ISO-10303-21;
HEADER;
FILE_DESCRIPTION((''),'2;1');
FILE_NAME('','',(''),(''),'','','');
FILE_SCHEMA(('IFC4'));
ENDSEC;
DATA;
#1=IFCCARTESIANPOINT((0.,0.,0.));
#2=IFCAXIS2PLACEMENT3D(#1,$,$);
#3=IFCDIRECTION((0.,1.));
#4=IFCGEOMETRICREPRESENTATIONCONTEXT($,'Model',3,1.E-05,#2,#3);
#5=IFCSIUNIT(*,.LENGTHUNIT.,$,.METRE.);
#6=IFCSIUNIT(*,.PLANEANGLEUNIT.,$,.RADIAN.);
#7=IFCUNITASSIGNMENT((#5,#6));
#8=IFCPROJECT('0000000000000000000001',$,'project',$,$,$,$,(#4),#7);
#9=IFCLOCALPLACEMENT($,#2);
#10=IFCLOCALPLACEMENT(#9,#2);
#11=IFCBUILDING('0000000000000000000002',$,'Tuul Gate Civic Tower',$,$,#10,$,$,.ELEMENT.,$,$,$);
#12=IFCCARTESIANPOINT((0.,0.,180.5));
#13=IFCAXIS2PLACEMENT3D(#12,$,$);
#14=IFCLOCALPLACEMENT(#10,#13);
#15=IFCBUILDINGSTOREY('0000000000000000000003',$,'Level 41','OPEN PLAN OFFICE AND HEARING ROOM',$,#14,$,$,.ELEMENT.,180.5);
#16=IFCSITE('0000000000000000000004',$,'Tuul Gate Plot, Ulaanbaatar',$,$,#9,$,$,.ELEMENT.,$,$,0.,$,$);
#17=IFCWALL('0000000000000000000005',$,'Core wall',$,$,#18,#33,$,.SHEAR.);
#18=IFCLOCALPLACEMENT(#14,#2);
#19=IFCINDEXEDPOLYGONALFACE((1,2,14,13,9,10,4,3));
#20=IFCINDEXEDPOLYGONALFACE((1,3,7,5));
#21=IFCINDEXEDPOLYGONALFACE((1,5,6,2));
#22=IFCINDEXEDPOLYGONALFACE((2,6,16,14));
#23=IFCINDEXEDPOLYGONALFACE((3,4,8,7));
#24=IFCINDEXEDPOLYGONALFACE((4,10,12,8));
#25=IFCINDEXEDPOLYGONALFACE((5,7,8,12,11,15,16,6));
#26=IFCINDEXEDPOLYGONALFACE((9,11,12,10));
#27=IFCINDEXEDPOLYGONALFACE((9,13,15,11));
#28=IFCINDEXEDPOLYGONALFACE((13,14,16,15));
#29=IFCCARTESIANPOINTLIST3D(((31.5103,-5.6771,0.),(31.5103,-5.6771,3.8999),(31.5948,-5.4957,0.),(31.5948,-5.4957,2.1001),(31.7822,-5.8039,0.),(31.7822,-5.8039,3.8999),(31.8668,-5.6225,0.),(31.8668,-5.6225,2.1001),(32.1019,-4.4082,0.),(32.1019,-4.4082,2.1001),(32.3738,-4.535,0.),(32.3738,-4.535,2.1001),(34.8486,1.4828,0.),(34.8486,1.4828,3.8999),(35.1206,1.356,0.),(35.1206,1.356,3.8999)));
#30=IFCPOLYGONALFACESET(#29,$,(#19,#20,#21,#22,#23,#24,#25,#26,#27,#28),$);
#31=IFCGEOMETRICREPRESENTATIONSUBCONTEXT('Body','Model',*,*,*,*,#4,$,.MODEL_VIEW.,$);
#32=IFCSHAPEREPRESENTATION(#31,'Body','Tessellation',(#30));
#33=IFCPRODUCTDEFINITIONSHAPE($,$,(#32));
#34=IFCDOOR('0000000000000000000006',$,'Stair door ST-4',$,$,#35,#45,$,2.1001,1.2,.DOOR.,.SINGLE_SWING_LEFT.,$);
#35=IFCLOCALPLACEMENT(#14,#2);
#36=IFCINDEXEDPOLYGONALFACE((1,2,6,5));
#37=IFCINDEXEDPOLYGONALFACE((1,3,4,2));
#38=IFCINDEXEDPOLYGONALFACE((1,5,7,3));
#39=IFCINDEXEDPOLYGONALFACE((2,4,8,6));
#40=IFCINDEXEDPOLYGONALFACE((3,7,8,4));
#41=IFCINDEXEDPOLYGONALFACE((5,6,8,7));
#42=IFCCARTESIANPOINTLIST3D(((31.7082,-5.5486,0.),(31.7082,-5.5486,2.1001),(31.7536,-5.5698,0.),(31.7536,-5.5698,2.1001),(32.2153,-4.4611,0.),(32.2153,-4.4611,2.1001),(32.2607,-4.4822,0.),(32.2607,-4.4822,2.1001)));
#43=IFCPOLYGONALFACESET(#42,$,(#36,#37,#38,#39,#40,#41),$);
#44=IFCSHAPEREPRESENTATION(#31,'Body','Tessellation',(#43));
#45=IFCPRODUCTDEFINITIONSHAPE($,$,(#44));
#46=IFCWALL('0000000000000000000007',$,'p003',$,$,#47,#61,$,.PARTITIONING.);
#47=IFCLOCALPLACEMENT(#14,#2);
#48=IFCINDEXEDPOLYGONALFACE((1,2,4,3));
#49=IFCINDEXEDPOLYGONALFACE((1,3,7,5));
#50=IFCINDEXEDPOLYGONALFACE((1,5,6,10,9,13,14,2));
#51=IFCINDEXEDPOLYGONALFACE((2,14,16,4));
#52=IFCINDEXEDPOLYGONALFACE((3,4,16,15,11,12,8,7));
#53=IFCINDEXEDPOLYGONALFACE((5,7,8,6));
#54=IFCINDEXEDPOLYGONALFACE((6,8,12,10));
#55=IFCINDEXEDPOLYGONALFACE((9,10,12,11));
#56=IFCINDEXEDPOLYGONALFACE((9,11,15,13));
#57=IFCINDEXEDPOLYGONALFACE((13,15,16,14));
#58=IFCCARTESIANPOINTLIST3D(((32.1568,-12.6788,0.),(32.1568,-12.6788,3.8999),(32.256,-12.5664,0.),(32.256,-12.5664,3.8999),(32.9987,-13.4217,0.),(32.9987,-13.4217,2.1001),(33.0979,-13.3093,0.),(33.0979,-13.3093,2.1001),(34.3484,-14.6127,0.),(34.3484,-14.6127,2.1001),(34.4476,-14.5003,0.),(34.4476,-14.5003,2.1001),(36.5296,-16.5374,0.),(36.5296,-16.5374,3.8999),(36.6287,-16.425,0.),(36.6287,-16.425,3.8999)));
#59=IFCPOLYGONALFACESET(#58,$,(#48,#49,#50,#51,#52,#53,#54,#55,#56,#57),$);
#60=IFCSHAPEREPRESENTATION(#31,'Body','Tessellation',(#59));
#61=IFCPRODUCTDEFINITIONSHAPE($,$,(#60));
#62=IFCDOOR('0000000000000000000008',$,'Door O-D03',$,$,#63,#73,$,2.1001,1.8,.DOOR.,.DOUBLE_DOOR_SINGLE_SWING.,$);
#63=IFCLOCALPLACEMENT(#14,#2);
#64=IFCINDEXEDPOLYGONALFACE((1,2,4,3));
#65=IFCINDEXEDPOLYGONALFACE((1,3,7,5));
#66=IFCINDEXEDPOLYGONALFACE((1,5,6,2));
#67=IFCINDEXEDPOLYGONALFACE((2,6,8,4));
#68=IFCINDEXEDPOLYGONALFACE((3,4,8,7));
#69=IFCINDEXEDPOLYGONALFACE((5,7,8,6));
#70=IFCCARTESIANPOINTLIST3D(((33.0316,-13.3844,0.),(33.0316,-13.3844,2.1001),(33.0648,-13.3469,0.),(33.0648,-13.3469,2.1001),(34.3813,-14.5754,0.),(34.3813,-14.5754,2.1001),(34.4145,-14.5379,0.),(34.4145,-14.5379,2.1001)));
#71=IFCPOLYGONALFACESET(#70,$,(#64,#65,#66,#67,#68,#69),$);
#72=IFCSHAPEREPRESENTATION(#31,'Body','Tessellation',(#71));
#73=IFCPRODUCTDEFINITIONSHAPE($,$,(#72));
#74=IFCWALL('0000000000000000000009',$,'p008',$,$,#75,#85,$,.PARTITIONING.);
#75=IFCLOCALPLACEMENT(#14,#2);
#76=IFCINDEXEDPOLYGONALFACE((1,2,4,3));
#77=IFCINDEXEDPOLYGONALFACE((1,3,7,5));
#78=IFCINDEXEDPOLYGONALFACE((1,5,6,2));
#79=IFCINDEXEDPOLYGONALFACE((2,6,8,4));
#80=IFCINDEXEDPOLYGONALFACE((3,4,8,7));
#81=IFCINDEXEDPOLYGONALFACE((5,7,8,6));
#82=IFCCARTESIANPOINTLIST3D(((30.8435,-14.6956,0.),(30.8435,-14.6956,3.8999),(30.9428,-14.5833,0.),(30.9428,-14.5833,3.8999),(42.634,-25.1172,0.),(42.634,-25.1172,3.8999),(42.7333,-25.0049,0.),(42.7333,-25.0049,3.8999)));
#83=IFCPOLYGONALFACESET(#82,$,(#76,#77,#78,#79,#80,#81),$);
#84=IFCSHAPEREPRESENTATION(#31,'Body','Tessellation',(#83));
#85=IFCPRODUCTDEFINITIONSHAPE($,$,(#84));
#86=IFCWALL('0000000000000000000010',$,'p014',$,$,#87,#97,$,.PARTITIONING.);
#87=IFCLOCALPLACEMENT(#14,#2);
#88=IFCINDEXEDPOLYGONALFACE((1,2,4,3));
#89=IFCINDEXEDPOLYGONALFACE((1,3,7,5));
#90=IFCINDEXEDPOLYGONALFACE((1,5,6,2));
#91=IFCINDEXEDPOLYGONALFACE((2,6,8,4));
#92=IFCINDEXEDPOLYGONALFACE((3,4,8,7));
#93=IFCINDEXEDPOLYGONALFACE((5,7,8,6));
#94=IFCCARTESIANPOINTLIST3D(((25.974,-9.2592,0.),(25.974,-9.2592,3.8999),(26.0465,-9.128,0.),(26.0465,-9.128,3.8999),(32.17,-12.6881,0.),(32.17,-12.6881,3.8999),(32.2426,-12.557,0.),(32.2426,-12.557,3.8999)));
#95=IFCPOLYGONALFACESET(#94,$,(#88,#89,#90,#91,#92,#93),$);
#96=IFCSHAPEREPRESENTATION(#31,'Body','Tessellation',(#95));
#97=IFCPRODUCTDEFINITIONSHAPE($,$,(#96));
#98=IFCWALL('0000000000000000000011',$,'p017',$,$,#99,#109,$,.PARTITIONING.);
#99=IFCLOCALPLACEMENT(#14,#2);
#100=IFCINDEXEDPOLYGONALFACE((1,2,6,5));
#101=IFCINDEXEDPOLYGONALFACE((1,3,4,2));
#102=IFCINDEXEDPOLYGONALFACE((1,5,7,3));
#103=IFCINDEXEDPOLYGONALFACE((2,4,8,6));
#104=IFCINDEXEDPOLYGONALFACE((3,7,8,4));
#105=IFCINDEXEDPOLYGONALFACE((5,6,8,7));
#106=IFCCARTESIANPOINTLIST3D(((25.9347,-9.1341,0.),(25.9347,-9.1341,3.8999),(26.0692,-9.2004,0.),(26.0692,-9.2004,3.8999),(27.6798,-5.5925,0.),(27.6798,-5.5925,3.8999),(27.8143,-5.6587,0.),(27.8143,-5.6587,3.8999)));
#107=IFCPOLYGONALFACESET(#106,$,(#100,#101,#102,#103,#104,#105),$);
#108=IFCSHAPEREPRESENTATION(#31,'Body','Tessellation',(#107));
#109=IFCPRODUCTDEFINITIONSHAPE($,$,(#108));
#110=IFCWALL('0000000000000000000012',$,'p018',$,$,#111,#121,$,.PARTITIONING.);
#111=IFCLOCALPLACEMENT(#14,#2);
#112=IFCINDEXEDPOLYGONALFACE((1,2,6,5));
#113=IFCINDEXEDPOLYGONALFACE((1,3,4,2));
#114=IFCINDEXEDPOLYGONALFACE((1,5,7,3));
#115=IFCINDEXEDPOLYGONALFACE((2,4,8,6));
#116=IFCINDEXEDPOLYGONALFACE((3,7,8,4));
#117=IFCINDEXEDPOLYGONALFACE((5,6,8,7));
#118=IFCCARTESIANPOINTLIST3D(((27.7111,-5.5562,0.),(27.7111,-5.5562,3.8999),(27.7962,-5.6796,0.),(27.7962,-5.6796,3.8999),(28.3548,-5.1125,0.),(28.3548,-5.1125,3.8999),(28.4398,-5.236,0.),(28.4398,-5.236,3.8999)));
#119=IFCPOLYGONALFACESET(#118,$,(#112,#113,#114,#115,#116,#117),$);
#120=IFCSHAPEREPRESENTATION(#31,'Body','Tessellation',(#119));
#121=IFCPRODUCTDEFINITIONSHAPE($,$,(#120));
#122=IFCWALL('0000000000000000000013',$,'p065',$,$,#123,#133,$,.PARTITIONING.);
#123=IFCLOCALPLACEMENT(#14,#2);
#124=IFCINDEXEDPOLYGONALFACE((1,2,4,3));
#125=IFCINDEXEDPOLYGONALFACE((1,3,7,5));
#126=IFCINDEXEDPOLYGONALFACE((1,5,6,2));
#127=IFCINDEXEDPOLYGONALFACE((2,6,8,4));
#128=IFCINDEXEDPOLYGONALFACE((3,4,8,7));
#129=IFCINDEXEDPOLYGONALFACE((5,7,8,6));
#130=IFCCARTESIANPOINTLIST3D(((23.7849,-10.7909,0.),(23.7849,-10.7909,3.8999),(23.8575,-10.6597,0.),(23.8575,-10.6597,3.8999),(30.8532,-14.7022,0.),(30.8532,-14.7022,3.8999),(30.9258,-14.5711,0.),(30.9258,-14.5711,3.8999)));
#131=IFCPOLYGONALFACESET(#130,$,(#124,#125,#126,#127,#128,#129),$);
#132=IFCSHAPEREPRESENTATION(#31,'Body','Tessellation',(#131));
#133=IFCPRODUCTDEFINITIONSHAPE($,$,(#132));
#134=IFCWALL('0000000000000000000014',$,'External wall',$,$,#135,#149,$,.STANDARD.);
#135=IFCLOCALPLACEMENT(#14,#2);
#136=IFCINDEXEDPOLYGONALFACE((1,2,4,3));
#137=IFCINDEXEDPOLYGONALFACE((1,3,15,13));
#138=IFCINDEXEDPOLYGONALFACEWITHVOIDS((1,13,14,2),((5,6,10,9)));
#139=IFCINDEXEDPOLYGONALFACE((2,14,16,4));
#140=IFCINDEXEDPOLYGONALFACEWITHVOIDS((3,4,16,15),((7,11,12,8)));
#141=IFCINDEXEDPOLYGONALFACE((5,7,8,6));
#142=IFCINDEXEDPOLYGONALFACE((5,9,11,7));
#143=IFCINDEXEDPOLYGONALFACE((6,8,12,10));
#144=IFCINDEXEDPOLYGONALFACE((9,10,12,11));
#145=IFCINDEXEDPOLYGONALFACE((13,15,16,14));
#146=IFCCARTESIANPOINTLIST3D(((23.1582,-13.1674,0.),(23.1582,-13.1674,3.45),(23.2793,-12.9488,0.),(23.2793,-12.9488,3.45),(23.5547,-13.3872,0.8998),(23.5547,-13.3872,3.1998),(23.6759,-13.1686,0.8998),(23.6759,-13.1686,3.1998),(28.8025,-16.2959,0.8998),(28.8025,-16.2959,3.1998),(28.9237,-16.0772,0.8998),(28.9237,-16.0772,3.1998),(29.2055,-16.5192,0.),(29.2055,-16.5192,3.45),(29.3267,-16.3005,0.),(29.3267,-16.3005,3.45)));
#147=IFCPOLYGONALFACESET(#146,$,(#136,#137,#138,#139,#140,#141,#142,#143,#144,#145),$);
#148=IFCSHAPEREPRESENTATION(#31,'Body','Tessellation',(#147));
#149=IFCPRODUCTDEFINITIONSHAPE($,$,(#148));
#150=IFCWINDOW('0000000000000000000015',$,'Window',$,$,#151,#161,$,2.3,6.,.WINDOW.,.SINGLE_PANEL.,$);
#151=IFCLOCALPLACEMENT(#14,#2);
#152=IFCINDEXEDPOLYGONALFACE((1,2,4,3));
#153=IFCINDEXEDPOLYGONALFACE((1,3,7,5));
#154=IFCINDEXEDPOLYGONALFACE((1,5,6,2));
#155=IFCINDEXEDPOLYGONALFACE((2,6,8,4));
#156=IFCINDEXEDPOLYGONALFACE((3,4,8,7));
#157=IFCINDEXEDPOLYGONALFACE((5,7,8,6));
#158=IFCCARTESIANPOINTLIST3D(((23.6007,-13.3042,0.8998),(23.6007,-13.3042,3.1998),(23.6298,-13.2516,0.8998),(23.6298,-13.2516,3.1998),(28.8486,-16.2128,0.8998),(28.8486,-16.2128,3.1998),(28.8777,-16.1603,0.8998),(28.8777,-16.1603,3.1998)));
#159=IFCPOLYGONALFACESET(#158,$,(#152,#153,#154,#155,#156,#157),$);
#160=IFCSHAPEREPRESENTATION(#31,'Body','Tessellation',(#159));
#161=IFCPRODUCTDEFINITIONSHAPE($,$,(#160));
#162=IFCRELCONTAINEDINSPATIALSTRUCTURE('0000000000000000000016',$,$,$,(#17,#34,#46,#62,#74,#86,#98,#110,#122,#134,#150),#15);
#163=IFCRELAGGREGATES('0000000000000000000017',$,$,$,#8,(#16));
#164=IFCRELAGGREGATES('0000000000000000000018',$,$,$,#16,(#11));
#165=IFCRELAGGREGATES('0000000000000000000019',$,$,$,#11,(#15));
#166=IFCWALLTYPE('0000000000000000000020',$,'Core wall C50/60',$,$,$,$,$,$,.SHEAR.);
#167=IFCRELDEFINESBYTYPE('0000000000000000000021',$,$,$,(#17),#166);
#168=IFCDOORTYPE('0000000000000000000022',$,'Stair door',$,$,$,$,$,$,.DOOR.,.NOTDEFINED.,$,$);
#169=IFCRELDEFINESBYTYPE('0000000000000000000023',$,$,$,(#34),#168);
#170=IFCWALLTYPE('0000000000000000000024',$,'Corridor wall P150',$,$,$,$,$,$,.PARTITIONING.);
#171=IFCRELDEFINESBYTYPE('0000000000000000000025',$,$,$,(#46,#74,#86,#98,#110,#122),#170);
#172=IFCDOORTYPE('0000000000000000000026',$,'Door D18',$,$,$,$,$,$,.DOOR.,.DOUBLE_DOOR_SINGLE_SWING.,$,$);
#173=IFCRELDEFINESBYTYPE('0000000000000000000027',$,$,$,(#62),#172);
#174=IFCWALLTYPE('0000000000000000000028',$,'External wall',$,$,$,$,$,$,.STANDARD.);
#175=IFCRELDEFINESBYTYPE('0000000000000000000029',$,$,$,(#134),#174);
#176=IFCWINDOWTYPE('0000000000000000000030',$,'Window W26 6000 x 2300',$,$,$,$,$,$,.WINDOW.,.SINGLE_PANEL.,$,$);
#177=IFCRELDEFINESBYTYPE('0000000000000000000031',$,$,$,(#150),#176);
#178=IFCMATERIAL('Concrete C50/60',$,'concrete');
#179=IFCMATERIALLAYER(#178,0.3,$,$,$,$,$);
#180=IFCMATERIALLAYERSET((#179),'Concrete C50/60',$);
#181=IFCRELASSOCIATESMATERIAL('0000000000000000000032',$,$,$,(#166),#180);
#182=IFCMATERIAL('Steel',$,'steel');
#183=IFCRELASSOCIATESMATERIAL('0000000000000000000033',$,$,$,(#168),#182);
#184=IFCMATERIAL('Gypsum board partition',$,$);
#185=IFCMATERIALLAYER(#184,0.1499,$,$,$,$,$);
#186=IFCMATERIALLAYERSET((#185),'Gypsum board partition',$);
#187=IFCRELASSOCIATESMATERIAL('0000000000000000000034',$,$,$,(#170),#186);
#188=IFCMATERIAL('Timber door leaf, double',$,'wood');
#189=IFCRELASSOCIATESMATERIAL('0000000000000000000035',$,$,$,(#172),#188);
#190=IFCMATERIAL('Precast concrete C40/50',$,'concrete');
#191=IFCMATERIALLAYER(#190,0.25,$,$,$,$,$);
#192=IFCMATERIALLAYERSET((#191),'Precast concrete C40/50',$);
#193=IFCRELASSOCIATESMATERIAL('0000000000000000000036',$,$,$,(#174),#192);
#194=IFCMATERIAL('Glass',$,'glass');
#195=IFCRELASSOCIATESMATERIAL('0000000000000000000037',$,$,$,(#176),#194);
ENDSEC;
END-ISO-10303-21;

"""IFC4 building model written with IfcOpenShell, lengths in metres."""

from ifc_helpers import new_model, si_unit, direction, frame, frame_2d, origin, place, context, subcontext, project, spatial, rectangle, extrude, material, layer, layer_set, type_object, element, fill, save


model = new_model("IFC4")

# Units and contexts
model_context = context("Model", 3, precision=1e-05, world=origin(), true_north=direction((0.0, 1.0)))
body_context = subcontext(model_context, "Body", "Model", "MODEL_VIEW")
ifc_project = project(units=[si_unit("LENGTHUNIT", "METRE"), si_unit("PLANEANGLEUNIT", "RADIAN")], contexts=[model_context])

# Site, building, storey
site_placement = place(None, origin())
site = spatial("IfcSite", under=ifc_project, at=site_placement, Name="Tuul Gate Plot, Ulaanbaatar", CompositionType="ELEMENT", RefElevation=0.0)
building_placement = place(site_placement, origin())
building = spatial("IfcBuilding", under=site, at=building_placement, Name="Tuul Gate Civic Tower", CompositionType="ELEMENT")
storey_placement = place(building_placement, frame((0.0, 0.0, 180.5)))
storey = spatial("IfcBuildingStorey", under=building, at=storey_placement, Name="Level 41", Description="OPEN PLAN OFFICE AND HEARING ROOM", CompositionType="ELEMENT", Elevation=180.5)

# Walls, openings, doors
ifc_material_1 = material(Name="Concrete C50/60", Category="concrete")
ifc_layer_1 = layer(ifc_material_1, 0.3)
ifc_layer_set_1 = layer_set([ifc_layer_1], Name="Concrete C50/60")
wall_type_1 = type_object("IfcWallType", Name="Core wall C50/60", PredefinedType="SHEAR", material=ifc_layer_set_1)
wall_1_placement = place(storey_placement, frame((31.6462, -5.7405, 0.0), z_axis=(0.0, 0.0, 1.0), x_axis=(0.422583, 0.906324, 0.0)))
wall_1 = element("IfcWall", 1, at=wall_1_placement, inside=storey, type_object=wall_type_1, Name="Core wall", PredefinedType="SHEAR", context=body_context, shape_type="SweptSolid", body=[
    extrude(rectangle(XDim=7.8999, YDim=0.3, at=frame_2d((3.95, 0.0))), origin(), (0.0, 0.0, 1.0), 3.8999),
])
opening_1_placement = place(wall_1_placement, frame((0.2, 0.0, 0.0)))
opening_1 = element("IfcOpeningElement", 2, at=opening_1_placement, cuts=wall_1, PredefinedType="OPENING", context=body_context, shape_type="SweptSolid", body=[
    extrude(rectangle(XDim=1.2, YDim=2.1001, at=frame_2d((0.6001, 1.05))), frame((0.0, 0.1602, 0.0), z_axis=(0.0, -1.0, 0.0), x_axis=(1.0, 0.0, 0.0)), (0.0, 0.0, 1.0), 0.3201),
])
ifc_material_2 = material(Name="Steel", Category="steel")
door_type_1 = type_object("IfcDoorType", Name="Stair door", OperationType="NOTDEFINED", PredefinedType="DOOR", material=ifc_material_2)
door_1_placement = place(opening_1_placement, origin())
door_1 = element("IfcDoor", 3, at=door_1_placement, inside=storey, type_object=door_type_1, Name="Stair door ST-4", OperationType="SINGLE_SWING_LEFT", OverallHeight=2.1001, OverallWidth=1.2, PredefinedType="DOOR", context=body_context, shape_type="SweptSolid", body=[
    extrude(rectangle(XDim=1.2, YDim=2.1001, at=frame_2d((0.6001, 1.05))), frame((0.0, 0.0249, 0.0), z_axis=(0.0, -1.0, 0.0), x_axis=(1.0, 0.0, 0.0)), (0.0, 0.0, 1.0), 0.05),
])
fill(opening_1, door_1)
ifc_material_3 = material(Name="Gypsum board partition")
ifc_layer_2 = layer(ifc_material_3, 0.1499)
ifc_layer_set_2 = layer_set([ifc_layer_2], Name="Gypsum board partition")
wall_type_2 = type_object("IfcWallType", Name="Corridor wall P150", PredefinedType="PARTITIONING", material=ifc_layer_set_2)
wall_2_placement = place(storey_placement, frame((32.2063, -12.6226, 0.0), z_axis=(0.0, 0.0, 1.0), x_axis=(0.749813, -0.661649, 0.0)))
wall_2 = element("IfcWall", 4, at=wall_2_placement, inside=storey, type_object=wall_type_2, Name="p003", PredefinedType="PARTITIONING", context=body_context, shape_type="SweptSolid", body=[
    extrude(rectangle(XDim=5.8318, YDim=0.1499, at=frame_2d((2.916, 0.0))), origin(), (0.0, 0.0, 1.0), 3.8999),
])
opening_2_placement = place(wall_2_placement, frame((1.123, 0.0, 0.0)))
opening_2 = element("IfcOpeningElement", 5, at=opening_2_placement, cuts=wall_2, PredefinedType="OPENING", context=body_context, shape_type="SweptSolid", body=[
    extrude(rectangle(XDim=1.8, YDim=2.1001, at=frame_2d((0.8999, 1.05))), frame((0.0, 0.085, 0.0), z_axis=(0.0, -1.0, 0.0), x_axis=(1.0, 0.0, 0.0)), (0.0, 0.0, 1.0), 0.1699),
])
ifc_material_4 = material(Name="Timber door leaf, double", Category="wood")
door_type_2 = type_object("IfcDoorType", Name="Door D18", OperationType="DOUBLE_DOOR_SINGLE_SWING", PredefinedType="DOOR", material=ifc_material_4)
door_2_placement = place(opening_2_placement, origin())
door_2 = element("IfcDoor", 6, at=door_2_placement, inside=storey, type_object=door_type_2, Name="Door O-D03", OperationType="DOUBLE_DOOR_SINGLE_SWING", OverallHeight=2.1001, OverallWidth=1.8, PredefinedType="DOOR", context=body_context, shape_type="SweptSolid", body=[
    extrude(rectangle(XDim=1.8, YDim=2.1001, at=frame_2d((0.8999, 1.05))), frame((0.0, 0.0249, 0.0), z_axis=(0.0, -1.0, 0.0), x_axis=(1.0, 0.0, 0.0)), (0.0, 0.0, 1.0), 0.05),
])
fill(opening_2, door_2)

# Walls
wall_3_placement = place(storey_placement, frame((30.8931, -14.6394, 0.0), z_axis=(0.0, 0.0, 1.0), x_axis=(0.749263, -0.662273, 0.0)))
element("IfcWall", 7, at=wall_3_placement, inside=storey, type_object=wall_type_2, Name="p008", PredefinedType="PARTITIONING", context=body_context, shape_type="SweptSolid", body=[
    extrude(rectangle(XDim=15.7361, YDim=0.1499, at=frame_2d((7.8682, 0.0))), origin(), (0.0, 0.0, 1.0), 3.8999),
])
wall_4_placement = place(storey_placement, frame((26.0103, -9.1936, 0.0), z_axis=(0.0, 0.0, 1.0), x_axis=(0.874953, -0.484208, 0.0)))
element("IfcWall", 8, at=wall_4_placement, inside=storey, type_object=wall_type_2, Name="p014", PredefinedType="PARTITIONING", context=body_context, shape_type="SweptSolid", body=[
    extrude(rectangle(XDim=7.0815, YDim=0.1499, at=frame_2d((3.5408, 0.0))), origin(), (0.0, 0.0, 1.0), 3.8999),
])
wall_5_placement = place(storey_placement, frame((26.002, -9.1672, 0.0), z_axis=(0.0, 0.0, 1.0), x_axis=(0.441987, 0.897021, 0.0)))
element("IfcWall", 9, at=wall_5_placement, inside=storey, type_object=wall_type_2, Name="p017", PredefinedType="PARTITIONING", context=body_context, shape_type="SweptSolid", body=[
    extrude(rectangle(XDim=3.9482, YDim=0.1499, at=frame_2d((1.9741, 0.0))), origin(), (0.0, 0.0, 1.0), 3.8999),
])
wall_6_placement = place(storey_placement, frame((27.7537, -5.6179, 0.0), z_axis=(0.0, 0.0, 1.0), x_axis=(0.823349, 0.567536, 0.0)))
element("IfcWall", 10, at=wall_6_placement, inside=storey, type_object=wall_type_2, Name="p018", PredefinedType="PARTITIONING", context=body_context, shape_type="SweptSolid", body=[
    extrude(rectangle(XDim=0.7817, YDim=0.1499, at=frame_2d((0.3909, 0.0))), origin(), (0.0, 0.0, 1.0), 3.8999),
])
wall_7_placement = place(storey_placement, frame((23.8213, -10.7253, 0.0), z_axis=(0.0, 0.0, 1.0), x_axis=(0.87497, -0.484177, 0.0)))
element("IfcWall", 11, at=wall_7_placement, inside=storey, type_object=wall_type_2, Name="p065", PredefinedType="PARTITIONING", context=body_context, shape_type="SweptSolid", body=[
    extrude(rectangle(XDim=8.0784, YDim=0.1499, at=frame_2d((4.0391, 0.0))), origin(), (0.0, 0.0, 1.0), 3.8999),
])

# Wall, opening, window
ifc_material_5 = material(Name="Precast concrete C40/50", Category="concrete")
ifc_layer_3 = layer(ifc_material_5, 0.25)
ifc_layer_set_3 = layer_set([ifc_layer_3], Name="Precast concrete C40/50")
wall_type_3 = type_object("IfcWallType", Name="External wall", PredefinedType="STANDARD", material=ifc_layer_set_3)
wall_8_placement = place(storey_placement, frame((23.2188, -13.0581, 0.0), z_axis=(0.0, 0.0, 1.0), x_axis=(0.874638, -0.484776, 0.0)))
wall_8 = element("IfcWall", 12, at=wall_8_placement, inside=storey, type_object=wall_type_3, Name="External wall", PredefinedType="STANDARD", context=body_context, shape_type="SweptSolid", body=[
    extrude(rectangle(XDim=6.9141, YDim=0.25, at=frame_2d((3.457, 0.0))), origin(), (0.0, 0.0, 1.0), 3.45),
])
opening_3_placement = place(wall_8_placement, frame((0.4534, 0.0, 0.8999)))
opening_3 = element("IfcOpeningElement", 13, at=opening_3_placement, cuts=wall_8, PredefinedType="OPENING", context=body_context, shape_type="SweptSolid", body=[
    extrude(rectangle(XDim=6.0, YDim=2.3, at=frame_2d((3.0, 1.1499))), frame((0.0, 0.135, 0.0), z_axis=(0.0, -1.0, 0.0), x_axis=(1.0, 0.0, 0.0)), (0.0, 0.0, 1.0), 0.27),
])
ifc_material_6 = material(Name="Glass", Category="glass")
window_type = type_object("IfcWindowType", Name="Window W26 6000 x 2300", PartitioningType="SINGLE_PANEL", PredefinedType="WINDOW", material=ifc_material_6)
window_1_placement = place(opening_3_placement, origin())
window_1 = element("IfcWindow", 14, at=window_1_placement, inside=storey, type_object=window_type, Name="Window", OverallHeight=2.3, OverallWidth=6.0, PartitioningType="SINGLE_PANEL", PredefinedType="WINDOW", context=body_context, shape_type="SweptSolid", body=[
    extrude(rectangle(XDim=6.0, YDim=2.3, at=frame_2d((3.0, 1.1499))), frame((0.0, 0.03, 0.0), z_axis=(0.0, -1.0, 0.0), x_axis=(1.0, 0.0, 0.0)), (0.0, 0.0, 1.0), 0.0601),
])
fill(opening_3, window_1)

save(model, "model.ifc")
